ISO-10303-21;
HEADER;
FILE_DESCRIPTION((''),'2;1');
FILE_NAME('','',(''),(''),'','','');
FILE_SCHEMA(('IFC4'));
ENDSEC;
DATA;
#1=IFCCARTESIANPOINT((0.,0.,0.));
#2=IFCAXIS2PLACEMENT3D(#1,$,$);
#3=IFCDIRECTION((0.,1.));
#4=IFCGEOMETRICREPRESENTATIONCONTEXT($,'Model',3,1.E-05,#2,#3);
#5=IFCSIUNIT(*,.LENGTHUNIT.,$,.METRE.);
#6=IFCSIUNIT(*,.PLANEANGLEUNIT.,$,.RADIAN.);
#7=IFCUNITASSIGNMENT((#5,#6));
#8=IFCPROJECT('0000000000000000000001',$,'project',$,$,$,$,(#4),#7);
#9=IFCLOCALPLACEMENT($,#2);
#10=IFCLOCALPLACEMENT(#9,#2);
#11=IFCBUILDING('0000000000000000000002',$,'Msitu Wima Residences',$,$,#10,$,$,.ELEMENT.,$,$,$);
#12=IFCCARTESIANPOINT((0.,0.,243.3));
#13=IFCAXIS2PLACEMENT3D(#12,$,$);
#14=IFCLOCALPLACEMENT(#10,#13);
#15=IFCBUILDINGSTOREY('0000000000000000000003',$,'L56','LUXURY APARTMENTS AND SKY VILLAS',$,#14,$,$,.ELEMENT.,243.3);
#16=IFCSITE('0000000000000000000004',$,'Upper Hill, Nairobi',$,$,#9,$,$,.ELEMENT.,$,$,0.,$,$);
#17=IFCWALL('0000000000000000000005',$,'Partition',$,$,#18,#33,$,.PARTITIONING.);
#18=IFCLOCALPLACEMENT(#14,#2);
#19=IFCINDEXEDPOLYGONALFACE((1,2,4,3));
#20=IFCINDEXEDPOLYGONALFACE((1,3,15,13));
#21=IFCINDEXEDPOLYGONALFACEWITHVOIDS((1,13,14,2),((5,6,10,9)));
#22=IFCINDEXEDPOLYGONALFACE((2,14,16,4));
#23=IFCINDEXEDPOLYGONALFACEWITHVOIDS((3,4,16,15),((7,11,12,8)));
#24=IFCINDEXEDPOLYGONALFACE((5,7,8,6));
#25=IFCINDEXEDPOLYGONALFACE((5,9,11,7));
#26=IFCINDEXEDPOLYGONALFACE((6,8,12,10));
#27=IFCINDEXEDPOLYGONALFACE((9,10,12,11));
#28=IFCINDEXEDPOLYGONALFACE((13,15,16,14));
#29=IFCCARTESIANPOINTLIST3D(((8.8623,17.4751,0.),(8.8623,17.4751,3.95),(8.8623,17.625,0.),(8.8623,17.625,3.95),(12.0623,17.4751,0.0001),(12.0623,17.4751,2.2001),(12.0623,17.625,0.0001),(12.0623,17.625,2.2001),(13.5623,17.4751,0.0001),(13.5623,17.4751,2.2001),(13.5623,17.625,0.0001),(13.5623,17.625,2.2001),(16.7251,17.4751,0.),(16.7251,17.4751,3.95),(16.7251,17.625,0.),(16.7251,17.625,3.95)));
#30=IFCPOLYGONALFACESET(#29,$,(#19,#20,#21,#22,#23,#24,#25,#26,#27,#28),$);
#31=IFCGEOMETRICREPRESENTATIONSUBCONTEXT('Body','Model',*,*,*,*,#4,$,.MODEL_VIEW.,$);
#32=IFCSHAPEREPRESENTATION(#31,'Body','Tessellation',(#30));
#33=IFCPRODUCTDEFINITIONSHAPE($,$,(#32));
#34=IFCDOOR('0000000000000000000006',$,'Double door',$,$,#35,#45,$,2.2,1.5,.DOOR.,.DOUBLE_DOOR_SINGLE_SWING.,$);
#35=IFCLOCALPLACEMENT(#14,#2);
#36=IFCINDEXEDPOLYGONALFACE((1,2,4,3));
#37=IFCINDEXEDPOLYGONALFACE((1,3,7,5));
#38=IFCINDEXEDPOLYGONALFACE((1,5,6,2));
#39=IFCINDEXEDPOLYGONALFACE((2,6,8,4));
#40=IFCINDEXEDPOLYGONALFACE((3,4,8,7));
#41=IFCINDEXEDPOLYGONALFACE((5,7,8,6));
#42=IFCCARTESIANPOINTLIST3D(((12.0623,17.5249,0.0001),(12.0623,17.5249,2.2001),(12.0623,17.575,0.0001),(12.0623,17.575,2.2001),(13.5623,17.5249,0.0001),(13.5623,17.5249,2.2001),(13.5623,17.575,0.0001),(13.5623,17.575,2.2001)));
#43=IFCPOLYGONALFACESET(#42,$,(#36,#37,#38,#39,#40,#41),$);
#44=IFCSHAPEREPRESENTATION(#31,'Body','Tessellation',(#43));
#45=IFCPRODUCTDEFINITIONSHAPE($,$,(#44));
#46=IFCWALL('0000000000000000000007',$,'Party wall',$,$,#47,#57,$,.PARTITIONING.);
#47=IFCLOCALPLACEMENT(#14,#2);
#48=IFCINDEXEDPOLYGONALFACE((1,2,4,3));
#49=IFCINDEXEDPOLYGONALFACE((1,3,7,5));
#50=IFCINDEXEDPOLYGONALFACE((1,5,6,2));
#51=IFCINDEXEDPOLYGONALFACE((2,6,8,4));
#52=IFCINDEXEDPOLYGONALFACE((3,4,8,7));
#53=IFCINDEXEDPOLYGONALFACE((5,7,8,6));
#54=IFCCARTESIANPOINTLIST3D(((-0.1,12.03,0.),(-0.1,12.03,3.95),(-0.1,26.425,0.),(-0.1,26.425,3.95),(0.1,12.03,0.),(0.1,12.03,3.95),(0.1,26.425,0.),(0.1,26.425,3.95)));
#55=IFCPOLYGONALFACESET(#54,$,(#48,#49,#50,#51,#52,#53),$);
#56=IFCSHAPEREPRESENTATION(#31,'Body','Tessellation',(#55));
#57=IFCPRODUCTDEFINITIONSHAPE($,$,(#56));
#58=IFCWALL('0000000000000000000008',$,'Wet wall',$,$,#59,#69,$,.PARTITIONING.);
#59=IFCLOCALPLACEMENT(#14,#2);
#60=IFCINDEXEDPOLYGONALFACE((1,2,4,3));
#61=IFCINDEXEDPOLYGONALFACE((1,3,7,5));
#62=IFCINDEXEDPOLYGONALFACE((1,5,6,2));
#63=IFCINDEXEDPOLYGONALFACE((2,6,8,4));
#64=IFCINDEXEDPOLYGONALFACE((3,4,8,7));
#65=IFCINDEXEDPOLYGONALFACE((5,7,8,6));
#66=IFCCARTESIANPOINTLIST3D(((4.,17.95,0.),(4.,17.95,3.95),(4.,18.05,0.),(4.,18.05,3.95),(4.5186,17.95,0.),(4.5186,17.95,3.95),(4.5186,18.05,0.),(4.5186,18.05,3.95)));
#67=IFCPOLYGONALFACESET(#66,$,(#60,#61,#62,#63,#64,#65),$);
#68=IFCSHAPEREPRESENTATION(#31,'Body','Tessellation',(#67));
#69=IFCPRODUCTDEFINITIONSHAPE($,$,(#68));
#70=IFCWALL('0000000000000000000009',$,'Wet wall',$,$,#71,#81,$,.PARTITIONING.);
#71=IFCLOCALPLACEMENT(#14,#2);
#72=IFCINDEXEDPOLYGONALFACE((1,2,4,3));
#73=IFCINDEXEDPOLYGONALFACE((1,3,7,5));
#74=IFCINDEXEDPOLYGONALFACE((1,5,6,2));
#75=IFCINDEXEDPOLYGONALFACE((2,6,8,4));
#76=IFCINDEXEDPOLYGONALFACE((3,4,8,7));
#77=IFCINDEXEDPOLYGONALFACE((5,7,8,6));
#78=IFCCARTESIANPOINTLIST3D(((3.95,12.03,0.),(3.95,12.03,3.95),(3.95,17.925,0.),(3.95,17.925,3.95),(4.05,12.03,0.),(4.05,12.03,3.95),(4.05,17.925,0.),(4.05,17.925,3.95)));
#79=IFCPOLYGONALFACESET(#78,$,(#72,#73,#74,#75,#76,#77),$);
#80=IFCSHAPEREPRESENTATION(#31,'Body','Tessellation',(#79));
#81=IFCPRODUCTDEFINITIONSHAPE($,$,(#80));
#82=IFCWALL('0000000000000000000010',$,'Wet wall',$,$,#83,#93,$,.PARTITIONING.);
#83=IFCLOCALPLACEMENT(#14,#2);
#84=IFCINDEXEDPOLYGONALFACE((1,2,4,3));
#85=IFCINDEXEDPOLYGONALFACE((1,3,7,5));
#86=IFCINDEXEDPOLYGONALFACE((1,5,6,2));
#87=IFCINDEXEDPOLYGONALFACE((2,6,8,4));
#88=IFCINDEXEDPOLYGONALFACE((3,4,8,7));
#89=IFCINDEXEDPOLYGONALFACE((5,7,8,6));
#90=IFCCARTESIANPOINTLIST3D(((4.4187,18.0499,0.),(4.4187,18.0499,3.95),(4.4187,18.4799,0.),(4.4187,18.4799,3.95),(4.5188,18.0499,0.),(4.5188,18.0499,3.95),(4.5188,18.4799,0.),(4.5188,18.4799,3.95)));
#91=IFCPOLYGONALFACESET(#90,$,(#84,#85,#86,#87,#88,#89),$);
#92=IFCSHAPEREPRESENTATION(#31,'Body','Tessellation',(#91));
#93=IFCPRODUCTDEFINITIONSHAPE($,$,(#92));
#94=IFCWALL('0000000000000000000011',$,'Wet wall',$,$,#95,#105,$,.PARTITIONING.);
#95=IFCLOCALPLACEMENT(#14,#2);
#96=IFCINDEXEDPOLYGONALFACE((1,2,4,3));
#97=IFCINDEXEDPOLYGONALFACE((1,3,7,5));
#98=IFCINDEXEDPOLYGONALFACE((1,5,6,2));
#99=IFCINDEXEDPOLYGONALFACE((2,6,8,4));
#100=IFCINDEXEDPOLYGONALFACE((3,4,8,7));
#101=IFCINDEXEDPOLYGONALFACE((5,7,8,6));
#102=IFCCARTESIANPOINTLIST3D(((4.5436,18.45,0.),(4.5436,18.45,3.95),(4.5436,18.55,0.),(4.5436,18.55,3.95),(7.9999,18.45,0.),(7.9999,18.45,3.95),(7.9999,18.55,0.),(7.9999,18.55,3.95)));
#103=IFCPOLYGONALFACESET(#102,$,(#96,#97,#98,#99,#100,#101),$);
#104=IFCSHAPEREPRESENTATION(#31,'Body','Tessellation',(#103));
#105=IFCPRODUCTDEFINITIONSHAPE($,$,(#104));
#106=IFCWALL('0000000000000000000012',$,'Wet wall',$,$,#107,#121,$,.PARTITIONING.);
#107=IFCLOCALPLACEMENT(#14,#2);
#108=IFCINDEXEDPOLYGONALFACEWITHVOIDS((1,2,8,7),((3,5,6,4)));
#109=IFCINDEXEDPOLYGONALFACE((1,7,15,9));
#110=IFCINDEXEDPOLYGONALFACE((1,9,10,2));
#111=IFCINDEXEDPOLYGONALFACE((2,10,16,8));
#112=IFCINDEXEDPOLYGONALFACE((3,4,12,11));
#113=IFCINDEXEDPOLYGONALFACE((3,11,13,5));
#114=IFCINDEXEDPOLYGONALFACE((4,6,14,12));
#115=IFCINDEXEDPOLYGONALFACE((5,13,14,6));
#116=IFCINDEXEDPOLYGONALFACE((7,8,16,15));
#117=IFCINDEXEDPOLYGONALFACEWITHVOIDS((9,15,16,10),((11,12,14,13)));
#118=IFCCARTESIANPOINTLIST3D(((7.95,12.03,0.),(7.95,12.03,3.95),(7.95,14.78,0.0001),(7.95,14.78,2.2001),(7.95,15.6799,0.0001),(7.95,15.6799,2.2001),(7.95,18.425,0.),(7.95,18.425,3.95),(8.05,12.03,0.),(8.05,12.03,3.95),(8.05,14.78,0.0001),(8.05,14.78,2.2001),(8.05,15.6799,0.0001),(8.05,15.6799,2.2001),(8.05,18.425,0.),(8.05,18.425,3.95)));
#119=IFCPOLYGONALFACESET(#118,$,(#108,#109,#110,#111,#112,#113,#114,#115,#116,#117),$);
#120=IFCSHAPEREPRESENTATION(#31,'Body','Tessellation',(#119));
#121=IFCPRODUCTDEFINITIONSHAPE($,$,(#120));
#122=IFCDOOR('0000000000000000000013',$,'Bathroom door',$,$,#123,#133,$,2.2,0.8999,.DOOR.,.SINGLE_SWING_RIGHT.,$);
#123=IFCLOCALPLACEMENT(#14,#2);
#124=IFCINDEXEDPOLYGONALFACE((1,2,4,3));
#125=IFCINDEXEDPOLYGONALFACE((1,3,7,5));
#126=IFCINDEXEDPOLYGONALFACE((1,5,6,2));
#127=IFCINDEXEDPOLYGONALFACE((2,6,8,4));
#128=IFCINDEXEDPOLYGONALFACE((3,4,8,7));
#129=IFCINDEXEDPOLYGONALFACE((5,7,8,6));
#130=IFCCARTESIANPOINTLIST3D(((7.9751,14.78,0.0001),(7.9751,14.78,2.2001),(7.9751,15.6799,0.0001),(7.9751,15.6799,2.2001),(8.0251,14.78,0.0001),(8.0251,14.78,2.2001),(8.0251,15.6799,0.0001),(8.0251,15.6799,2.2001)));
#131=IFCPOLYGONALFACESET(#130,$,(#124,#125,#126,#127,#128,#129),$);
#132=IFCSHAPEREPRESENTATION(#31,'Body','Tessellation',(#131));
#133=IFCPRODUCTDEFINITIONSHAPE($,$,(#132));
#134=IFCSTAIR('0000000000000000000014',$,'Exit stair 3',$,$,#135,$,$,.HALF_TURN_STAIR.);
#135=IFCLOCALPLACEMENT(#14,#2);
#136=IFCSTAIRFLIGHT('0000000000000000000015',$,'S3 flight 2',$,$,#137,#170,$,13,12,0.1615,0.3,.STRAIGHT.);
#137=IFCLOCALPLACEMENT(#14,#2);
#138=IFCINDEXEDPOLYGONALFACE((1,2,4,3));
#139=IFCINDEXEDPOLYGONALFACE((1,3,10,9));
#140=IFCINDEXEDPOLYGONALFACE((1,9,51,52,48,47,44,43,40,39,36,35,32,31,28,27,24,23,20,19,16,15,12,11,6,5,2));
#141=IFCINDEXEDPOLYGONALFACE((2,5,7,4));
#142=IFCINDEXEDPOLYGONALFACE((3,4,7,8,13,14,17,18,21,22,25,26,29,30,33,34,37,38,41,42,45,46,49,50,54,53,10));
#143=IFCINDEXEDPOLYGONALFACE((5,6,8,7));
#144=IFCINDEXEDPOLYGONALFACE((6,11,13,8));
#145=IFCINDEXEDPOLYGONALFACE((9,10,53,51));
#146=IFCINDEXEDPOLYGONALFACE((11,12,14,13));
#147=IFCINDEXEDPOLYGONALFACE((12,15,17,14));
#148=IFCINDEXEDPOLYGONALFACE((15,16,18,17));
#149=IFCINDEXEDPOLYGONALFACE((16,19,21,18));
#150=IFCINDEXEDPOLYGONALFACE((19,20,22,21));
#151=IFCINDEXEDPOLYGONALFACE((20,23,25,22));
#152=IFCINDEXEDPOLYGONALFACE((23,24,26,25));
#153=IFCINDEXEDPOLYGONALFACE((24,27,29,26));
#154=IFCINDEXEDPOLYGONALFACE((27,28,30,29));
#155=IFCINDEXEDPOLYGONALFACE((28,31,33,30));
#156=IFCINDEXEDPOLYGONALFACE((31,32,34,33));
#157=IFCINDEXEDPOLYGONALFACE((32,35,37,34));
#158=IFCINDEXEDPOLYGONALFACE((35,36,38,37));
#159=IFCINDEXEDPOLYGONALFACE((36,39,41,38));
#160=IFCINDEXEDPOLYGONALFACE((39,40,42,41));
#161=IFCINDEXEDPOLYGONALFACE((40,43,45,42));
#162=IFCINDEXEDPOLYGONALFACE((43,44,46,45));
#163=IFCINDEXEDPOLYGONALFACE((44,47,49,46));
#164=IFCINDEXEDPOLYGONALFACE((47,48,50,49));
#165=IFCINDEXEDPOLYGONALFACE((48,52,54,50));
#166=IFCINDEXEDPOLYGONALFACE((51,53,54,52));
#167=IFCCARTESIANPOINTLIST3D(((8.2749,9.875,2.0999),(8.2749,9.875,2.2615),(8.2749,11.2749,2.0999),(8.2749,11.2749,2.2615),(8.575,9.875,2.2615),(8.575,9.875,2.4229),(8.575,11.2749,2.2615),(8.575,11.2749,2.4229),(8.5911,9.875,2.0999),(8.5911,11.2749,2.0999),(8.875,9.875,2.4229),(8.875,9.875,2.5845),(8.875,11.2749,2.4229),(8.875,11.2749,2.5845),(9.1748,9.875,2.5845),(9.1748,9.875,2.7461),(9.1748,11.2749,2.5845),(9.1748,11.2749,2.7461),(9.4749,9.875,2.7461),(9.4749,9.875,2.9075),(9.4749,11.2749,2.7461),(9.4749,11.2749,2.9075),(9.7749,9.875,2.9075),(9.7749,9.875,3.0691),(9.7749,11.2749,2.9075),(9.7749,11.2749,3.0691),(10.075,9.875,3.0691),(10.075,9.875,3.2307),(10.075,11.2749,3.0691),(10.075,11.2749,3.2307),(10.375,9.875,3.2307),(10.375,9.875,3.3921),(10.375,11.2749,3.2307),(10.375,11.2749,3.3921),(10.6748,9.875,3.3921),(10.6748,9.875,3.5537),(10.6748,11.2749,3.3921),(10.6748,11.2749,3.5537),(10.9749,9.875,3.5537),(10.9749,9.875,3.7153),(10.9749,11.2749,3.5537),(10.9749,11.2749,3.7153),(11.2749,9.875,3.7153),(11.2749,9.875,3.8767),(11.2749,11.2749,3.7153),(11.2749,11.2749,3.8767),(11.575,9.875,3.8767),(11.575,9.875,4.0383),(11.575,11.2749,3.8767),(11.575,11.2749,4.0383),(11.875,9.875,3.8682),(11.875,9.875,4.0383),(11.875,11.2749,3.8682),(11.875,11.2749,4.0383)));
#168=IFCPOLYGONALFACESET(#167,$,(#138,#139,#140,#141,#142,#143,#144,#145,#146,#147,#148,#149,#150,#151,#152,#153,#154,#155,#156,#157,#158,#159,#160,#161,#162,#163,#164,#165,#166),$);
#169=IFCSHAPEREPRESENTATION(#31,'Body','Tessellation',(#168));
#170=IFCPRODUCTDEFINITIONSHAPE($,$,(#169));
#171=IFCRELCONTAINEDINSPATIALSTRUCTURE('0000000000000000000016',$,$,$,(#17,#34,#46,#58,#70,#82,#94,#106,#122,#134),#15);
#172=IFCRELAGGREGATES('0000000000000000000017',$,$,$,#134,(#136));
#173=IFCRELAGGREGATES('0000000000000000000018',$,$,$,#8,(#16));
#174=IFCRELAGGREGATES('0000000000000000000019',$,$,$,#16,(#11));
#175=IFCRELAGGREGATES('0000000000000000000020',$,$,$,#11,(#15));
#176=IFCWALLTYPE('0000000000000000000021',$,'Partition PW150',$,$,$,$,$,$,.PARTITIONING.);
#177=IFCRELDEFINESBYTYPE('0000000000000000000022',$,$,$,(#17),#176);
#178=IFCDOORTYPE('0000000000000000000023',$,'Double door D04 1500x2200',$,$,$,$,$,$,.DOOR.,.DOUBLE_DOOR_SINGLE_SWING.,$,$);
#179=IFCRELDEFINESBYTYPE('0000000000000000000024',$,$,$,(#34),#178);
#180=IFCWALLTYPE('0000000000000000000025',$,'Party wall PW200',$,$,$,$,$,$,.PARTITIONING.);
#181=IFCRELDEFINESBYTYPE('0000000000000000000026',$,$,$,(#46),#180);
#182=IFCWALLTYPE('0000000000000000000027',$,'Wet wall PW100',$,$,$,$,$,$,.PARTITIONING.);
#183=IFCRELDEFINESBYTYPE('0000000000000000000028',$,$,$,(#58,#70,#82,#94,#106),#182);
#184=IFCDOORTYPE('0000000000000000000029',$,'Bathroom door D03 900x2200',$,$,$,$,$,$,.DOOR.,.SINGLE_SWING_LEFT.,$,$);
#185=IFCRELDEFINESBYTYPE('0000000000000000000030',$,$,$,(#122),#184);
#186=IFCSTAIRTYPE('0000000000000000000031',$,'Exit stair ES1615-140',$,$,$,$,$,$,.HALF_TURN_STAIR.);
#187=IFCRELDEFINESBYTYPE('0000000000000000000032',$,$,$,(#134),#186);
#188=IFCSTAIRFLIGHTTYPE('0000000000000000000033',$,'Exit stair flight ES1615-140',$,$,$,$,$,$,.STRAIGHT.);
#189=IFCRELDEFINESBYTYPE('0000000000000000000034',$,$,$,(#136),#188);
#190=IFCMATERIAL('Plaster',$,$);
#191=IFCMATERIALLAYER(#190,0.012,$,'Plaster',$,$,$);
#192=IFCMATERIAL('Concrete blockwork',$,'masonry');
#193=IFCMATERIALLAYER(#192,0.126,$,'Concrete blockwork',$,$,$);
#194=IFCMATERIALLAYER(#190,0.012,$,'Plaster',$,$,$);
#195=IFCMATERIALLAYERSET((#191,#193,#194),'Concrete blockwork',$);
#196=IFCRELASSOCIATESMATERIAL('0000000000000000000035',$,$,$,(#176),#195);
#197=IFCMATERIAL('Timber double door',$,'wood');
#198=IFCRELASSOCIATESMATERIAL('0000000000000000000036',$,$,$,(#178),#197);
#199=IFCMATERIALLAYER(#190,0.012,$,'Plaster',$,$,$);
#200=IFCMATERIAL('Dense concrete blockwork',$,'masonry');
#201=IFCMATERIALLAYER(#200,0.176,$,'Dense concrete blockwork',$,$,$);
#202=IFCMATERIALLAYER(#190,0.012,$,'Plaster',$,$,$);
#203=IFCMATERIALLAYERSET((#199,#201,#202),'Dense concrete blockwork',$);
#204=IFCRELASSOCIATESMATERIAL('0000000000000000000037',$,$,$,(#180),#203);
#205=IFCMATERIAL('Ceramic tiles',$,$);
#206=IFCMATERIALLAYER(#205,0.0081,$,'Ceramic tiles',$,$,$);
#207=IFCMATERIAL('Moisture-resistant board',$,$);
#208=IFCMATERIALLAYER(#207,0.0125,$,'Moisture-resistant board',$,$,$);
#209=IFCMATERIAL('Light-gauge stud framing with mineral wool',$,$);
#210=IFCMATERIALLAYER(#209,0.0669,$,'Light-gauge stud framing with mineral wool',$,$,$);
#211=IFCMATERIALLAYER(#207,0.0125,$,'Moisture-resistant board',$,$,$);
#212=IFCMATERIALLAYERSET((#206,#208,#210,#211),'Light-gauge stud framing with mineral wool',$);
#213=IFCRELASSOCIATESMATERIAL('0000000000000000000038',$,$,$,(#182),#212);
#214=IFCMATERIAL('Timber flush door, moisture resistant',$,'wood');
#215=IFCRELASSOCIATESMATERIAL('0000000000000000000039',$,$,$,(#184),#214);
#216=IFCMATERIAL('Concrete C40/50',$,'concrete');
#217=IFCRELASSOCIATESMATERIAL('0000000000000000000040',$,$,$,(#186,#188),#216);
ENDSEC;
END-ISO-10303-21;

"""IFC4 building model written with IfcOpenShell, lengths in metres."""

from ifc_helpers import new_model, si_unit, direction, frame, frame_2d, origin, place, context, subcontext, project, spatial, polyline, rectangle, outline, extrude, material, layer, layer_set, type_object, element, fill, aggregate, save


model = new_model("IFC4")

# Units and contexts
model_context = context("Model", 3, precision=1e-05, world=origin(), true_north=direction((0.0, 1.0)))
body_context = subcontext(model_context, "Body", "Model", "MODEL_VIEW")
ifc_project = project(units=[si_unit("LENGTHUNIT", "METRE"), si_unit("PLANEANGLEUNIT", "RADIAN")], contexts=[model_context])

# Site, building, storey
site_placement = place(None, origin())
site = spatial("IfcSite", under=ifc_project, at=site_placement, Name="Upper Hill, Nairobi", CompositionType="ELEMENT", RefElevation=0.0)
building_placement = place(site_placement, origin())
building = spatial("IfcBuilding", under=site, at=building_placement, Name="Msitu Wima Residences", CompositionType="ELEMENT")
storey_placement = place(building_placement, frame((0.0, 0.0, 243.3)))
storey = spatial("IfcBuildingStorey", under=building, at=storey_placement, Name="L56", Description="LUXURY APARTMENTS AND SKY VILLAS", CompositionType="ELEMENT", Elevation=243.3)

# Shared definitions
ifc_material_1 = material(Name="Concrete C40/50", Category="concrete")

# Shared definitions
ifc_material_2 = material(Name="Plaster")
ifc_layer_1 = layer(ifc_material_2, 0.012, Name="Plaster")
ifc_material_3 = material(Name="Concrete blockwork", Category="masonry")
ifc_layer_2 = layer(ifc_material_3, 0.126, Name="Concrete blockwork")
ifc_layer_3 = layer(ifc_material_2, 0.012, Name="Plaster")
ifc_layer_set_1 = layer_set([ifc_layer_1, ifc_layer_2, ifc_layer_3], Name="Concrete blockwork")
wall_type_1 = type_object("IfcWallType", Name="Partition PW150", PredefinedType="PARTITIONING", material=ifc_layer_set_1)

# Wall, opening, door
ifc_material_4 = material(Name="Timber double door", Category="wood")
door_type_1 = type_object("IfcDoorType", Name="Double door D04 1500x2200", OperationType="DOUBLE_DOOR_SINGLE_SWING", PredefinedType="DOOR", material=ifc_material_4)
wall_1_placement = place(storey_placement, frame((8.8623, 17.55, 0.0), z_axis=(0.0, 0.0, 1.0), x_axis=(1.0, 0.0, 0.0)))
wall_1 = element("IfcWall", 1, at=wall_1_placement, inside=storey, type_object=wall_type_1, Name="Partition", PredefinedType="PARTITIONING", context=body_context, shape_type="SweptSolid", body=[
    extrude(rectangle(XDim=7.8628, YDim=0.1499, at=frame_2d((3.9314, 0.0))), origin(), (0.0, 0.0, 1.0), 3.95),
])
opening_1_placement = place(wall_1_placement, frame((3.2, 0.0, 0.0)))
opening_1 = element("IfcOpeningElement", 2, at=opening_1_placement, cuts=wall_1, PredefinedType="OPENING", context=body_context, shape_type="SweptSolid", body=[
    extrude(rectangle(XDim=1.5, YDim=2.2, at=frame_2d((0.75, 1.1001))), frame((0.0, 0.085, 0.0), z_axis=(0.0, -1.0, 0.0), x_axis=(1.0, 0.0, 0.0)), (0.0, 0.0, 1.0), 0.1699),
])
door_1_placement = place(opening_1_placement, origin())
door_1 = element("IfcDoor", 3, at=door_1_placement, inside=storey, type_object=door_type_1, Name="Double door", OperationType="DOUBLE_DOOR_SINGLE_SWING", OverallHeight=2.2, OverallWidth=1.5, PredefinedType="DOOR", context=body_context, shape_type="SweptSolid", body=[
    extrude(rectangle(XDim=1.5, YDim=2.2, at=frame_2d((0.75, 1.1001))), frame((0.0, 0.0249, 0.0), z_axis=(0.0, -1.0, 0.0), x_axis=(1.0, 0.0, 0.0)), (0.0, 0.0, 1.0), 0.05),
])
fill(opening_1, door_1)

# Walls
ifc_layer_4 = layer(ifc_material_2, 0.012, Name="Plaster")
ifc_material_5 = material(Name="Dense concrete blockwork", Category="masonry")
ifc_layer_5 = layer(ifc_material_5, 0.176, Name="Dense concrete blockwork")
ifc_layer_6 = layer(ifc_material_2, 0.012, Name="Plaster")
ifc_layer_set_2 = layer_set([ifc_layer_4, ifc_layer_5, ifc_layer_6], Name="Dense concrete blockwork")
wall_type_2 = type_object("IfcWallType", Name="Party wall PW200", PredefinedType="PARTITIONING", material=ifc_layer_set_2)
wall_2_placement = place(storey_placement, frame((0.0, 12.03, 0.0), z_axis=(0.0, 0.0, 1.0), x_axis=(0.0, 1.0, 0.0)))
element("IfcWall", 4, at=wall_2_placement, inside=storey, type_object=wall_type_2, Name="Party wall", PredefinedType="PARTITIONING", context=body_context, shape_type="SweptSolid", body=[
    extrude(rectangle(XDim=14.395, YDim=0.2, at=frame_2d((7.1975, 0.0))), origin(), (0.0, 0.0, 1.0), 3.95),
])
ifc_material_6 = material(Name="Ceramic tiles")
ifc_layer_7 = layer(ifc_material_6, 0.0081, Name="Ceramic tiles")
ifc_material_7 = material(Name="Moisture-resistant board")
ifc_layer_8 = layer(ifc_material_7, 0.0125, Name="Moisture-resistant board")
ifc_material_8 = material(Name="Light-gauge stud framing with mineral wool")
ifc_layer_9 = layer(ifc_material_8, 0.0669, Name="Light-gauge stud framing with mineral wool")
ifc_layer_10 = layer(ifc_material_7, 0.0125, Name="Moisture-resistant board")
ifc_layer_set_3 = layer_set([ifc_layer_7, ifc_layer_8, ifc_layer_9, ifc_layer_10], Name="Light-gauge stud framing with mineral wool")
wall_type_3 = type_object("IfcWallType", Name="Wet wall PW100", PredefinedType="PARTITIONING", material=ifc_layer_set_3)
wall_3_placement = place(storey_placement, frame((4.0, 18.0, 0.0), z_axis=(0.0, 0.0, 1.0), x_axis=(1.0, 0.0, 0.0)))
element("IfcWall", 5, at=wall_3_placement, inside=storey, type_object=wall_type_3, Name="Wet wall", PredefinedType="PARTITIONING", context=body_context, shape_type="SweptSolid", body=[
    extrude(rectangle(XDim=0.5186, YDim=0.1001, at=frame_2d((0.2593, 0.0))), origin(), (0.0, 0.0, 1.0), 3.95),
])
wall_4_placement = place(storey_placement, frame((4.0, 12.03, 0.0), z_axis=(0.0, 0.0, 1.0), x_axis=(0.0, 1.0, 0.0)))
element("IfcWall", 6, at=wall_4_placement, inside=storey, type_object=wall_type_3, Name="Wet wall", PredefinedType="PARTITIONING", context=body_context, shape_type="SweptSolid", body=[
    extrude(rectangle(XDim=5.895, YDim=0.1001, at=frame_2d((2.9475, 0.0))), origin(), (0.0, 0.0, 1.0), 3.95),
])
wall_5_placement = place(storey_placement, frame((4.4688, 18.05, 0.0), z_axis=(0.0, 0.0, 1.0), x_axis=(0.0, 1.0, 0.0)))
element("IfcWall", 7, at=wall_5_placement, inside=storey, type_object=wall_type_3, Name="Wet wall", PredefinedType="PARTITIONING", context=body_context, shape_type="SweptSolid", body=[
    extrude(rectangle(XDim=0.4299, YDim=0.1001, at=frame_2d((0.2148, 0.0))), origin(), (0.0, 0.0, 1.0), 3.95),
])
wall_6_placement = place(storey_placement, frame((4.5437, 18.5, 0.0), z_axis=(0.0, 0.0, 1.0), x_axis=(1.0, 0.0, 0.0)))
element("IfcWall", 8, at=wall_6_placement, inside=storey, type_object=wall_type_3, Name="Wet wall", PredefinedType="PARTITIONING", context=body_context, shape_type="SweptSolid", body=[
    extrude(rectangle(XDim=3.4563, YDim=0.1001, at=frame_2d((1.728, 0.0))), origin(), (0.0, 0.0, 1.0), 3.95),
])

# Wall, opening, door
wall_7_placement = place(storey_placement, frame((8.0, 12.03, 0.0), z_axis=(0.0, 0.0, 1.0), x_axis=(0.0, 1.0, 0.0)))
wall_7 = element("IfcWall", 9, at=wall_7_placement, inside=storey, type_object=wall_type_3, Name="Wet wall", PredefinedType="PARTITIONING", context=body_context, shape_type="SweptSolid", body=[
    extrude(rectangle(XDim=6.395, YDim=0.1001, at=frame_2d((3.1975, 0.0))), origin(), (0.0, 0.0, 1.0), 3.95),
])
opening_2_placement = place(wall_7_placement, frame((2.75, 0.0, 0.0)))
opening_2 = element("IfcOpeningElement", 10, at=opening_2_placement, cuts=wall_7, PredefinedType="OPENING", context=body_context, shape_type="SweptSolid", body=[
    extrude(rectangle(XDim=0.8999, YDim=2.2, at=frame_2d((0.45, 1.1001))), frame((0.0, 0.0601, 0.0), z_axis=(0.0, -1.0, 0.0), x_axis=(1.0, 0.0, 0.0)), (0.0, 0.0, 1.0), 0.1201),
])
ifc_material_9 = material(Name="Timber flush door, moisture resistant", Category="wood")
door_type_2 = type_object("IfcDoorType", Name="Bathroom door D03 900x2200", OperationType="SINGLE_SWING_LEFT", PredefinedType="DOOR", material=ifc_material_9)
door_2_placement = place(opening_2_placement, origin())
door_2 = element("IfcDoor", 11, at=door_2_placement, inside=storey, type_object=door_type_2, Name="Bathroom door", OperationType="SINGLE_SWING_RIGHT", OverallHeight=2.2, OverallWidth=0.8999, PredefinedType="DOOR", context=body_context, shape_type="SweptSolid", body=[
    extrude(rectangle(XDim=0.8999, YDim=2.2, at=frame_2d((0.45, 1.1001))), frame((0.0, 0.0249, 0.0), z_axis=(0.0, -1.0, 0.0), x_axis=(1.0, 0.0, 0.0)), (0.0, 0.0, 1.0), 0.05),
])
fill(opening_2, door_2)

# Stair, stair flight
stair_type = type_object("IfcStairType", Name="Exit stair ES1615-140", PredefinedType="HALF_TURN_STAIR", material=ifc_material_1)
stair_placement = place(storey_placement, origin())
stair = element("IfcStair", 12, at=stair_placement, inside=storey, type_object=stair_type, Name="Exit stair 3", PredefinedType="HALF_TURN_STAIR")
stair_flight_type = type_object("IfcStairFlightType", Name="Exit stair flight ES1615-140", PredefinedType="STRAIGHT", material=ifc_material_1)
stair_flight_placement = place(storey_placement, frame((8.2749, 10.575, 2.0999), z_axis=(0.0, 0.0, 1.0), x_axis=(1.0, 0.0, 0.0)))
stair_flight = element("IfcStairFlight", 13, at=stair_flight_placement, type_object=stair_flight_type, Name="S3 flight 2", NumberOfRisers=13, NumberOfTreads=12, PredefinedType="STRAIGHT", RiserHeight=0.1615, TreadLength=0.3, context=body_context, shape_type="SweptSolid", body=[
    extrude(outline(polyline([(0.0, 0.0), (0.0, 0.1616), (0.3, 0.1616), (0.3, 0.323), (0.6001, 0.323), (0.6001, 0.4846), (0.8999, 0.4846), (0.8999, 0.6462), (1.2, 0.6462), (1.2, 0.8076), (1.5, 0.8076), (1.5, 0.9692), (1.8, 0.9692), (1.8, 1.1309), (2.1001, 1.1309), (2.1001, 1.2922), (2.3999, 1.2922), (2.3999, 1.4539), (2.7, 1.4539), (2.7, 1.6155), (3.0, 1.6155), (3.0, 1.7769), (3.3, 1.7769), (3.3, 1.9385), (3.6001, 1.9385), (3.6001, 2.1001), (3.6001, 1.7683), (0.3162, 0.0), (0.0, 0.0)])), frame((0.0, 0.7, 0.0), z_axis=(0.0, -1.0, 0.0), x_axis=(1.0, 0.0, 0.0)), (0.0, 0.0, 1.0), 1.3999),
])
aggregate(stair, [stair_flight])

save(model, "model.ifc")
